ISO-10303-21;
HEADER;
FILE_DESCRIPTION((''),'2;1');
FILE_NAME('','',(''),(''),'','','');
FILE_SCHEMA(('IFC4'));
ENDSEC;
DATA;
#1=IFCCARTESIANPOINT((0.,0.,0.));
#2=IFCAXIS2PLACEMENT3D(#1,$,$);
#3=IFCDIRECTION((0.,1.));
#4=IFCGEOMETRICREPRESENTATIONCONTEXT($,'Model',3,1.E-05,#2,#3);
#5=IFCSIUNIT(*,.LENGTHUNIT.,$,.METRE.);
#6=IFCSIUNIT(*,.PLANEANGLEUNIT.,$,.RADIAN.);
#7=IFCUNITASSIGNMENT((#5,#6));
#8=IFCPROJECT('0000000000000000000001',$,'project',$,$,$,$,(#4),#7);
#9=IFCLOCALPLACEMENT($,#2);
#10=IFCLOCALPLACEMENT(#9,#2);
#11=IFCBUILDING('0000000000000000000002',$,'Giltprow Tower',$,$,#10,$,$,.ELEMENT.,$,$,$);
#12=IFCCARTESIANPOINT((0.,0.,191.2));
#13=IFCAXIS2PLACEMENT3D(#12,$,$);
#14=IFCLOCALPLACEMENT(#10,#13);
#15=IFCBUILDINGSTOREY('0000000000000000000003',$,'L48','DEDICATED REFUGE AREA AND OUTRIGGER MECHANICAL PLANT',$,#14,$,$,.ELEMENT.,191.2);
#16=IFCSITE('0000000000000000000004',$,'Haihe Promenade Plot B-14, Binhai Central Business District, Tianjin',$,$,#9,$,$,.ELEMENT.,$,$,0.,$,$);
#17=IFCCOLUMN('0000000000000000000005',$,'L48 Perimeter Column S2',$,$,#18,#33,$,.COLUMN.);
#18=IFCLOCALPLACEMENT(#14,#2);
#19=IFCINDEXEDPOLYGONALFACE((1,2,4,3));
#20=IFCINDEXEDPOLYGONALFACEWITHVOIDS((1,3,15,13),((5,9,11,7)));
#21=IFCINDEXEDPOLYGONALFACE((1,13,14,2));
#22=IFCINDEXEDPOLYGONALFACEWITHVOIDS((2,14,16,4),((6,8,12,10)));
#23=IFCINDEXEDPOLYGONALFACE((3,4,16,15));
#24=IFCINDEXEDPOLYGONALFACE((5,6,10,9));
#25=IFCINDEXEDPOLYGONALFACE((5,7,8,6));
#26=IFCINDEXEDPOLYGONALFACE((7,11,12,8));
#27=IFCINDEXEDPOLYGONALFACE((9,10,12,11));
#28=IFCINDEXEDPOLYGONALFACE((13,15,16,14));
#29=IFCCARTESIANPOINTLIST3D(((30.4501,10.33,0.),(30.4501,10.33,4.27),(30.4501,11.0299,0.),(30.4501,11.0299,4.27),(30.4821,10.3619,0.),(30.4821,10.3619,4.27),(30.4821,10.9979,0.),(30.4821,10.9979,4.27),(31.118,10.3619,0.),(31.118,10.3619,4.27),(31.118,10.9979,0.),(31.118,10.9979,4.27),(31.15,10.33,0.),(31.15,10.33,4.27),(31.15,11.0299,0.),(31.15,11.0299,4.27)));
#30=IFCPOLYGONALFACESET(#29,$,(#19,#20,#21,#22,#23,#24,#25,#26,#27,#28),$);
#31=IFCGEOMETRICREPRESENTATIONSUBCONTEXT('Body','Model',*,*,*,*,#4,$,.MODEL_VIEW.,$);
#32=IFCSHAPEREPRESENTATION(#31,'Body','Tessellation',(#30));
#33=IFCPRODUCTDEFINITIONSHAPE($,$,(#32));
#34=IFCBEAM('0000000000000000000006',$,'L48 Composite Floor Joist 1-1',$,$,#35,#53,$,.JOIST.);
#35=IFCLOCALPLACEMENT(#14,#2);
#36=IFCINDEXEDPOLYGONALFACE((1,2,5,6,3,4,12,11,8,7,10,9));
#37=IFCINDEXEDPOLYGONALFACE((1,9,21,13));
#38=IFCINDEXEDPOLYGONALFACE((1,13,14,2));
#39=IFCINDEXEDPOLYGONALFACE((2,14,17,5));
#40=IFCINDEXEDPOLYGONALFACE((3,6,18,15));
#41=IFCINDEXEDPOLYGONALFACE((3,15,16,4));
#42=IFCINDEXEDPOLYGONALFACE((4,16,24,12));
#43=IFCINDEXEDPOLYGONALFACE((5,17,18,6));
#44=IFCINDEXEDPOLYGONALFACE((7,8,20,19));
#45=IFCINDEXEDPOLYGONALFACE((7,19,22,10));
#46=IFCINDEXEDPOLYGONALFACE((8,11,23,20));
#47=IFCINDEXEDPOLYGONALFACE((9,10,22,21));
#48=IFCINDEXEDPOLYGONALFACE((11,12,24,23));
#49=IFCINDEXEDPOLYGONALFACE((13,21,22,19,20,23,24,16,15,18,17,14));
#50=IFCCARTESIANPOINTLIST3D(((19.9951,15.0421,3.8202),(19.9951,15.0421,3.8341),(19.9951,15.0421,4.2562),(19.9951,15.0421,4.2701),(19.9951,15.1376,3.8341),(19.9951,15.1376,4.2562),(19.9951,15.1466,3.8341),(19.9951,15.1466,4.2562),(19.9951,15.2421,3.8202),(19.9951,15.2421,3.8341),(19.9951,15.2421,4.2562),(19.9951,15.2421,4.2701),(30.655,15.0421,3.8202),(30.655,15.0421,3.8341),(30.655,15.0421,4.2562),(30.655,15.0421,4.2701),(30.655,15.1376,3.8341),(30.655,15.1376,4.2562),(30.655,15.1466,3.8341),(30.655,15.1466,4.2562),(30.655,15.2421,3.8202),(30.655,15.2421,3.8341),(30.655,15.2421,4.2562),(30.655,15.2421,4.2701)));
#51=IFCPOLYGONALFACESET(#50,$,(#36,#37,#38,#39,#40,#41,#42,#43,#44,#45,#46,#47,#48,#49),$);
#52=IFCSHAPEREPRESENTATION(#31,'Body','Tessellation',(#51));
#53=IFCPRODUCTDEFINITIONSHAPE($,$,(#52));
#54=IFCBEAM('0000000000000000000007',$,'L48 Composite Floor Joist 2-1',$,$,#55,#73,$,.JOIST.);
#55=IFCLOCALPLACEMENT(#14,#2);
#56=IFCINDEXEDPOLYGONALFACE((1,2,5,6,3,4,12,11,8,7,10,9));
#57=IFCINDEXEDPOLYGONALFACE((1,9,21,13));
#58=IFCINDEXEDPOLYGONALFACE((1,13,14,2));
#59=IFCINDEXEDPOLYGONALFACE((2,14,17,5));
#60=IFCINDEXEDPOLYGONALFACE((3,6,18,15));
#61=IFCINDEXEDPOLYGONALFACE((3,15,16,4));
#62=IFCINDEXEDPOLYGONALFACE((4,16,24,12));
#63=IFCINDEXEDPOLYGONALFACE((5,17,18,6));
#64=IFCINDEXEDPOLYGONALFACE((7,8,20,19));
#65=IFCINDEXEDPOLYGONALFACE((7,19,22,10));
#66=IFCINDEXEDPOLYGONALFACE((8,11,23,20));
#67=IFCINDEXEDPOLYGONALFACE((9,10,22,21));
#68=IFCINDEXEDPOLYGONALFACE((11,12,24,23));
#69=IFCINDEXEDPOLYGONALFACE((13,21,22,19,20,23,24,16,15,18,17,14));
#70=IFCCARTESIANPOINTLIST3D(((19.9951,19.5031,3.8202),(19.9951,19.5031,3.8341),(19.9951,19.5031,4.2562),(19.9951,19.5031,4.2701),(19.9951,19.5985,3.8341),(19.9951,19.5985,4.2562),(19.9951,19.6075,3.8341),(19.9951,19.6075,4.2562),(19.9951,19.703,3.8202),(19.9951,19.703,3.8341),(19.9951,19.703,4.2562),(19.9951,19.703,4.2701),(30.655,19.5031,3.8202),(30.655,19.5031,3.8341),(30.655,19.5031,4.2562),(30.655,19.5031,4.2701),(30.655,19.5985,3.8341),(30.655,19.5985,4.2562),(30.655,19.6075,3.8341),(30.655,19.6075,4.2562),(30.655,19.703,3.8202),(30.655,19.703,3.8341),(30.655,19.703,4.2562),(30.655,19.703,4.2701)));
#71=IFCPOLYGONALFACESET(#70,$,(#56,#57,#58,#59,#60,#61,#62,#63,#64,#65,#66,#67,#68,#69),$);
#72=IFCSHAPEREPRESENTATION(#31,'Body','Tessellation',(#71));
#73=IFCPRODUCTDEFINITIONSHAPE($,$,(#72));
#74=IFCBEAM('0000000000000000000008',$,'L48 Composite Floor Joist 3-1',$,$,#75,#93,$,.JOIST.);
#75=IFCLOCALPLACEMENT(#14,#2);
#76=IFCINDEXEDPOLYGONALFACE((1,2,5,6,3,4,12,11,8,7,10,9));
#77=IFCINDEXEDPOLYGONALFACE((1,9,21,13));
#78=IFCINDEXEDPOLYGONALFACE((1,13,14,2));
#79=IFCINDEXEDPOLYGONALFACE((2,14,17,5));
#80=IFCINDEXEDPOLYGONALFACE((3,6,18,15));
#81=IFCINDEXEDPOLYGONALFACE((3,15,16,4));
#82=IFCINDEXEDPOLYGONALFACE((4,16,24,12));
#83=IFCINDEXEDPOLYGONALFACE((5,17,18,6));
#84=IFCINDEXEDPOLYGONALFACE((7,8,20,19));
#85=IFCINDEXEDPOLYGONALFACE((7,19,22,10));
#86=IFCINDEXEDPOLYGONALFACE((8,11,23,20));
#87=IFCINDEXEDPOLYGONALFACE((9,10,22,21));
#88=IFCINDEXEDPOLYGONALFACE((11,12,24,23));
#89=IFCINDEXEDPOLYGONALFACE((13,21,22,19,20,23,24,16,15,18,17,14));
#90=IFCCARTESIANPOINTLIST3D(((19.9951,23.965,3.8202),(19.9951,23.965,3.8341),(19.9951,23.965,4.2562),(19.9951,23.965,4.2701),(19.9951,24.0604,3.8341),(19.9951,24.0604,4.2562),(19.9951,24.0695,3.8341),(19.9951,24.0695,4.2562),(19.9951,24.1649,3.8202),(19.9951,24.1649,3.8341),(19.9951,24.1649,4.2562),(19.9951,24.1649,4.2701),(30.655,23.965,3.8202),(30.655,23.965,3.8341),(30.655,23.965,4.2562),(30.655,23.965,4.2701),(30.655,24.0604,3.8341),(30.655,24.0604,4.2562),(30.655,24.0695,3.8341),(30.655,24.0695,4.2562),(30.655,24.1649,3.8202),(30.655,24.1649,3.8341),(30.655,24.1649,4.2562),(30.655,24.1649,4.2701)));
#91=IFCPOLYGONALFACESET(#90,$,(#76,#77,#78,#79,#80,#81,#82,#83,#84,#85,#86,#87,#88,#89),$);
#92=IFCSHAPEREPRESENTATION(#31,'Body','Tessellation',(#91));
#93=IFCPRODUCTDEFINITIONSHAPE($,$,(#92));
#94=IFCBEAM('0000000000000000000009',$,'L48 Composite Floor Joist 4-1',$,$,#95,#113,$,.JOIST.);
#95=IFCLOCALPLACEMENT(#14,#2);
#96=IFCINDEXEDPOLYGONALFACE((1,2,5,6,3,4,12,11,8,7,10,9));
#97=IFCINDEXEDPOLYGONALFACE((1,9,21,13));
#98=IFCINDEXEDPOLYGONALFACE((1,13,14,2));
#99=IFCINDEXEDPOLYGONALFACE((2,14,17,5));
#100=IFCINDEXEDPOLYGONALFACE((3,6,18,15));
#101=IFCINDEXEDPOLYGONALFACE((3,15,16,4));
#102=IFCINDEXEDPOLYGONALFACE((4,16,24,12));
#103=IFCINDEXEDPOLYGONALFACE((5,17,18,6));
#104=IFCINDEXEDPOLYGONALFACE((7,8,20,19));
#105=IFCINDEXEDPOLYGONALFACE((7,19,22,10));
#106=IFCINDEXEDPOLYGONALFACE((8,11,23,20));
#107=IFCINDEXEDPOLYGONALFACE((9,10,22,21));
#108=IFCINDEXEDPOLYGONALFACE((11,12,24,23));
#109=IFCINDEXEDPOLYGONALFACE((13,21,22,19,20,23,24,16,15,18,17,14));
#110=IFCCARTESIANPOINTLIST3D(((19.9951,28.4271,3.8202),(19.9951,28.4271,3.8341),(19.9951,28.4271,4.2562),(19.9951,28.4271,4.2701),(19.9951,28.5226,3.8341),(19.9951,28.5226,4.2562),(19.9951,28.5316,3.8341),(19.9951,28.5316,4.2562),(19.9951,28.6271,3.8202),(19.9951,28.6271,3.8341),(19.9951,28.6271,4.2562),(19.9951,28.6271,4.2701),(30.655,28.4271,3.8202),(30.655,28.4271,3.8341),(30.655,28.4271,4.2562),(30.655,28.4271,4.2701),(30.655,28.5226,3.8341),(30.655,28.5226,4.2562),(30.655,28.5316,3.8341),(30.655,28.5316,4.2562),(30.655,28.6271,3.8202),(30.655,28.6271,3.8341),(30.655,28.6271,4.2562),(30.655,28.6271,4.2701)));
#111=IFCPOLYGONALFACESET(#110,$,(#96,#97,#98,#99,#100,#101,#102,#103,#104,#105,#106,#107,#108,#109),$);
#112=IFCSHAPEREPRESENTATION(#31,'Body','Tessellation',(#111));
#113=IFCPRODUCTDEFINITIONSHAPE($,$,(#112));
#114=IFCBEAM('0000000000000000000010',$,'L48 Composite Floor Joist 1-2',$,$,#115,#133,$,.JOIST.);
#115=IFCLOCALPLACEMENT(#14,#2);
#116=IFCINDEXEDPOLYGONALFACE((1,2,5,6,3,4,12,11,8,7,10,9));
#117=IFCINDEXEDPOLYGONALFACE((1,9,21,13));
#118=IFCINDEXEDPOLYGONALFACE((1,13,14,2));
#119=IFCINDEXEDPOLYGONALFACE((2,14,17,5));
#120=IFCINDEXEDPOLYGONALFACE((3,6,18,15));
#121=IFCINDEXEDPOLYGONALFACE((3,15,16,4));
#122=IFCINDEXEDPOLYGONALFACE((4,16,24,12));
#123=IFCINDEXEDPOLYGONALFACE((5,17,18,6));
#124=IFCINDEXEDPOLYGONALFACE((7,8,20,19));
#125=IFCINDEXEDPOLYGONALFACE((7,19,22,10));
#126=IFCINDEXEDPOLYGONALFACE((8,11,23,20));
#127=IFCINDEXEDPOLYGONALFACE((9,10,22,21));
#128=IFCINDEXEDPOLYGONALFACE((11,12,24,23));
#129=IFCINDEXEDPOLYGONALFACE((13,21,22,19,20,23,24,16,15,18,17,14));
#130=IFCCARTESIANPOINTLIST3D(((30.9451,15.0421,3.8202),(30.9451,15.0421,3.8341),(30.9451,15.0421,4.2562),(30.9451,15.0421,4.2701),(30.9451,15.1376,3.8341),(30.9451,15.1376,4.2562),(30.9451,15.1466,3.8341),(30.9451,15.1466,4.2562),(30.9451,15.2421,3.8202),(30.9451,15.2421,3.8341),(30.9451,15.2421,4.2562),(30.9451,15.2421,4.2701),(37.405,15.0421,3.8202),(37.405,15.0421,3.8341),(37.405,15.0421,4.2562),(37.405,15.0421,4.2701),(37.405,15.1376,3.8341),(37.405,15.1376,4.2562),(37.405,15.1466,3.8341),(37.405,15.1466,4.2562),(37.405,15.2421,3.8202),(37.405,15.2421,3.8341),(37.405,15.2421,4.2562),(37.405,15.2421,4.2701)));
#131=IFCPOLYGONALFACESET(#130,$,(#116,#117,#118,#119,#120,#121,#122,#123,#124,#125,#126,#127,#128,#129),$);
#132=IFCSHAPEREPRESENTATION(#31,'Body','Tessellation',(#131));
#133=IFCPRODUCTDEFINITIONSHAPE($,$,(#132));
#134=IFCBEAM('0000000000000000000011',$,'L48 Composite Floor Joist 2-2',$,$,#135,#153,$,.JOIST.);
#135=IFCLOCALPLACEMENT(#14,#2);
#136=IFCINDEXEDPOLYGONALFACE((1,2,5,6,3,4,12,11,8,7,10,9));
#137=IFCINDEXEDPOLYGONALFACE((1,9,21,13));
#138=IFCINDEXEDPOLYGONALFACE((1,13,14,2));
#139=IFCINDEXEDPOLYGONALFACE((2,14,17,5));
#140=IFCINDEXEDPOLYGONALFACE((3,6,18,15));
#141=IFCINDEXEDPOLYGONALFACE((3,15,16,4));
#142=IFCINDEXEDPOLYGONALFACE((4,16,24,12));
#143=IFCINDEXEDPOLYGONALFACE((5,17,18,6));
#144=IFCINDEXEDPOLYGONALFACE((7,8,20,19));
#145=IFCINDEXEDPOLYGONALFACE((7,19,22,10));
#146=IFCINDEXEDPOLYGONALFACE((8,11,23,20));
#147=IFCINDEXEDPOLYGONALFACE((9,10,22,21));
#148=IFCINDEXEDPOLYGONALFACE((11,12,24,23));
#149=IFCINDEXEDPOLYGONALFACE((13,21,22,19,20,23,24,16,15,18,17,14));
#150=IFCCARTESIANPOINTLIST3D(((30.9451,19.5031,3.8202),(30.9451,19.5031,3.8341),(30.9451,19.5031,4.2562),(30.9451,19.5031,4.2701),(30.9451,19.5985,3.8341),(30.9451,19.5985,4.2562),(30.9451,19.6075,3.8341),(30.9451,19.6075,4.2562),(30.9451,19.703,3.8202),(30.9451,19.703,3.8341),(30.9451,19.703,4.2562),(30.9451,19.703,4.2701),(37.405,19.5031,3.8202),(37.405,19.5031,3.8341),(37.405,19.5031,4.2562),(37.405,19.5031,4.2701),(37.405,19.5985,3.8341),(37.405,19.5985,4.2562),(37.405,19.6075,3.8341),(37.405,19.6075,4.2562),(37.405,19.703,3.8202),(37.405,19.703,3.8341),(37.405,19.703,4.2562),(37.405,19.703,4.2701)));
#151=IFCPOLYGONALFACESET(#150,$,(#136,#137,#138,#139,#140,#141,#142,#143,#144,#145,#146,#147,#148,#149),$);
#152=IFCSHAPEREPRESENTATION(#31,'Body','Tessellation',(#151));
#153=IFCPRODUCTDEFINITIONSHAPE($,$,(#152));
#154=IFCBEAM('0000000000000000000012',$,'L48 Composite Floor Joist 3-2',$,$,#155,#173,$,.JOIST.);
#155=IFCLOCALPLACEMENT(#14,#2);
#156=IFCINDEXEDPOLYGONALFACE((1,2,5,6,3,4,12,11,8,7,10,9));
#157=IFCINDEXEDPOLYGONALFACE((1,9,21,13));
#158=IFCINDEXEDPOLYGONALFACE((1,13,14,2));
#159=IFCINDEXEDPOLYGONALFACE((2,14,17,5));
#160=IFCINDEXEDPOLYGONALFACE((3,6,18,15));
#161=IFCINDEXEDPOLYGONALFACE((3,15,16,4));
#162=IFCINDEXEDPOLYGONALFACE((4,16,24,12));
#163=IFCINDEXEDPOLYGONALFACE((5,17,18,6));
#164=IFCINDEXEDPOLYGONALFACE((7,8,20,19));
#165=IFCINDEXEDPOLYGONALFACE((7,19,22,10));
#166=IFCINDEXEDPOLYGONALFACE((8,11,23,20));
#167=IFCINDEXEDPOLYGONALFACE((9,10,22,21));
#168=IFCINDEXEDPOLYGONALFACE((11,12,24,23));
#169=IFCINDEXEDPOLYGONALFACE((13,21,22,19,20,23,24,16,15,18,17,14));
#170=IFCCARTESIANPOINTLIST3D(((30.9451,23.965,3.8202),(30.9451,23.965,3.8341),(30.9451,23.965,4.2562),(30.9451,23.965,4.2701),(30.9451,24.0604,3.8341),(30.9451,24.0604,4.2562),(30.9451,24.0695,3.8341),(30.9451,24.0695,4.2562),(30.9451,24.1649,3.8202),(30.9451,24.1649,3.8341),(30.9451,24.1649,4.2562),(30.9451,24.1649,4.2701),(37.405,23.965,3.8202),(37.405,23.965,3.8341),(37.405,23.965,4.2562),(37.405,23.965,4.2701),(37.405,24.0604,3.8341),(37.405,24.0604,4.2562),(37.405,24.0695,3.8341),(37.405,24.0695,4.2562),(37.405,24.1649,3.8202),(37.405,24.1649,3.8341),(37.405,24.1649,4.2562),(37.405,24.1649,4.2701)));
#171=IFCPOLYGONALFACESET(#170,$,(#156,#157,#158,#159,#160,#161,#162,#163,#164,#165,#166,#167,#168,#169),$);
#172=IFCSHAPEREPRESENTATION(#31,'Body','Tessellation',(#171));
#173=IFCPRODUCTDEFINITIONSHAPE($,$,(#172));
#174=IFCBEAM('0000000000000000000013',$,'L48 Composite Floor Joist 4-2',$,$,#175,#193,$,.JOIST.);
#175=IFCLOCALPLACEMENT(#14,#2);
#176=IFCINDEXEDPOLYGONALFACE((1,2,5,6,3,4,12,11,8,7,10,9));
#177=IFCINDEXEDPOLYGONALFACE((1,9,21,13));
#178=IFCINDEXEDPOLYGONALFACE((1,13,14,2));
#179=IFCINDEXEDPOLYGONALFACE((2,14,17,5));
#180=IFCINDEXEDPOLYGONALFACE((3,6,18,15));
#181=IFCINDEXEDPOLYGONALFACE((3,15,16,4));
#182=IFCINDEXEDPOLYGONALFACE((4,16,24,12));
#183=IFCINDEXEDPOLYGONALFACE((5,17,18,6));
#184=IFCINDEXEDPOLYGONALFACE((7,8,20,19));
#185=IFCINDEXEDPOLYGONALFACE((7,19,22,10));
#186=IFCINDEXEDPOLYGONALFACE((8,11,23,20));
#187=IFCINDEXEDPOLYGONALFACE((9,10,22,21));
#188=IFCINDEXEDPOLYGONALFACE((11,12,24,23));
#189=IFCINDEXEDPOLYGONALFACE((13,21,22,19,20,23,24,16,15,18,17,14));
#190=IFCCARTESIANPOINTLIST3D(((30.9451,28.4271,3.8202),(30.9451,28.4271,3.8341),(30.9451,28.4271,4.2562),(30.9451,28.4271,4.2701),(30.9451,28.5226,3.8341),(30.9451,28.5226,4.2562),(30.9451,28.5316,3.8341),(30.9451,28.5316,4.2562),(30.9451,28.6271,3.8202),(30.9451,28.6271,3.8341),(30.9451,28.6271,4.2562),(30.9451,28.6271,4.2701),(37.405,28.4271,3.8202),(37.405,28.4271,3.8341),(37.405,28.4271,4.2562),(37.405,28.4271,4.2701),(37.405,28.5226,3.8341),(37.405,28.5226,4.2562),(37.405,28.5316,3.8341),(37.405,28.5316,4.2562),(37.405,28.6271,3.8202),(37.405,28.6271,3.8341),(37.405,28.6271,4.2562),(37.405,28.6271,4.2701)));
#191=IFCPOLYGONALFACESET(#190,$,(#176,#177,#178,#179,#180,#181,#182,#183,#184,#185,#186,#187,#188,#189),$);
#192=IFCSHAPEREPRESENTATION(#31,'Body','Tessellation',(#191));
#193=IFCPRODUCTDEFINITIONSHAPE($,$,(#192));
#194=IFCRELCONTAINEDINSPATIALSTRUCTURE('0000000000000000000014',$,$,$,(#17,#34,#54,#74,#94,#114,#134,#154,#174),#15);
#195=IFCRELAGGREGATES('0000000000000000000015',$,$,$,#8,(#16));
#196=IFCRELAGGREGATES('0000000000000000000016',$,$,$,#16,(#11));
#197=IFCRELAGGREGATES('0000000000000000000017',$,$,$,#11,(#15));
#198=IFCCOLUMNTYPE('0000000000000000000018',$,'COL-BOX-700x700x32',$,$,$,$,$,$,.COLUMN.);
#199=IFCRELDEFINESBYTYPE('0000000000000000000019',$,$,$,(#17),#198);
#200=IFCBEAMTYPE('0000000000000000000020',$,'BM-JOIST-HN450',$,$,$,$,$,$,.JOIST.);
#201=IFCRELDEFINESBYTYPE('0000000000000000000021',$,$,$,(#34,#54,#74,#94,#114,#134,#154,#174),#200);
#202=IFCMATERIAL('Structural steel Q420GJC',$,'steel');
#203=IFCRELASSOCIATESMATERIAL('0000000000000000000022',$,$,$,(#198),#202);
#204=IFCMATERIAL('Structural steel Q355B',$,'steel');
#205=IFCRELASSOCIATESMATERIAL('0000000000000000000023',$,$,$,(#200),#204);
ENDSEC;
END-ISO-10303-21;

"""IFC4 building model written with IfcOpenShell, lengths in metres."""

from ifc_helpers import new_model, si_unit, direction, frame, origin, origin_2d, place, context, subcontext, project, spatial, hollow_rectangle, i_section, extrude, source, transform, mapped, material, material_profile, profile_set, type_object, element, save


model = new_model("IFC4")

# Units and contexts
model_context = context("Model", 3, precision=1e-05, world=origin(), true_north=direction((0.0, 1.0)))
body_context = subcontext(model_context, "Body", "Model", "MODEL_VIEW")
ifc_project = project(units=[si_unit("LENGTHUNIT", "METRE"), si_unit("PLANEANGLEUNIT", "RADIAN")], contexts=[model_context])

# Site, building, storey
site_placement = place(None, origin())
site = spatial("IfcSite", under=ifc_project, at=site_placement, Name="Haihe Promenade Plot B-14, Binhai Central Business District, Tianjin", CompositionType="ELEMENT", RefElevation=0.0)
building_placement = place(site_placement, origin())
building = spatial("IfcBuilding", under=site, at=building_placement, Name="Giltprow Tower", CompositionType="ELEMENT")
storey_placement = place(building_placement, frame((0.0, 0.0, 191.2)))
storey = spatial("IfcBuildingStorey", under=building, at=storey_placement, Name="L48", Description="DEDICATED REFUGE AREA AND OUTRIGGER MECHANICAL PLANT", CompositionType="ELEMENT", Elevation=191.2)

# Column
ifc_material_1 = material(Name="Structural steel Q420GJC", Category="steel")
ifc_material_profile_1 = material_profile(ifc_material_1, hollow_rectangle(XDim=0.7, YDim=0.7, WallThickness=0.032, at=origin_2d()), Name="BOX 700x700x32")
ifc_profile_set_1 = profile_set([ifc_material_profile_1], Name="Structural steel Q420GJC")
column_type = type_object("IfcColumnType", Name="COL-BOX-700x700x32", PredefinedType="COLUMN", material=ifc_profile_set_1)
shared_shape_1 = source(origin(), body_context, "Body", "SweptSolid", [
    extrude(hollow_rectangle(XDim=0.7, YDim=0.7, WallThickness=0.032, at=origin_2d()), origin(), (0.0, 0.0, 1.0), 4.27),
])
column_placement = place(storey_placement, frame((30.8, 10.6799, 0.0), z_axis=(0.0, 0.0, 1.0), x_axis=(1.0, 0.0, 0.0)))
element("IfcColumn", 1, at=column_placement, inside=storey, type_object=column_type, Name="L48 Perimeter Column S2", PredefinedType="COLUMN", context=body_context, shape_type="MappedRepresentation", body=[
    mapped(shared_shape_1, transform((0.0, 0.0, 0.0), x_axis=(1.0, 0.0, 0.0), y_axis=(0.0, 1.0, 0.0), z_axis=(0.0, 0.0, 1.0), scale=1.0)),
])

# Beams
ifc_material_2 = material(Name="Structural steel Q355B", Category="steel")
ifc_material_profile_2 = material_profile(ifc_material_2, i_section(OverallWidth=0.2, OverallDepth=0.45, WebThickness=0.009, FlangeThickness=0.0139, at=origin_2d()), Name="HN 450x200x9x14")
ifc_profile_set_2 = profile_set([ifc_material_profile_2], Name="Structural steel Q355B")
beam_type_1 = type_object("IfcBeamType", Name="BM-JOIST-HN450", PredefinedType="JOIST", material=ifc_profile_set_2)
shared_shape_2 = source(origin(), body_context, "Body", "SweptSolid", [
    extrude(i_section(OverallWidth=0.2, OverallDepth=0.45, WebThickness=0.009, FlangeThickness=0.0139, at=origin_2d()), origin(), (0.0, 0.0, 1.0), 10.6599),
])
for number, where, z_axis, x_axis, name in (
    (2, (19.9951, 15.1421, 4.0452), (1.0, 0.0, 0.0), (0.0, 1.0, 0.0), "L48 Composite Floor Joist 1-1"),
    (3, (19.9951, 19.603, 4.0452), (1.0, 0.0, 0.0), (0.0, 1.0, 0.0), "L48 Composite Floor Joist 2-1"),
    (4, (19.9951, 24.0649, 4.0452), (1.0, 0.0, 0.0), (0.0, 1.0, 0.0), "L48 Composite Floor Joist 3-1"),
    (5, (19.9951, 28.5271, 4.0452), (1.0, 0.0, 0.0), (0.0, 1.0, 0.0), "L48 Composite Floor Joist 4-1"),
):
    element("IfcBeam", number, at=place(storey_placement, frame(where, z_axis=z_axis, x_axis=x_axis)), inside=storey, type_object=beam_type_1, Name=name, PredefinedType="JOIST", context=body_context, shape_type="MappedRepresentation", body=[
        mapped(shared_shape_2, transform((0.0, 0.0, 0.0), x_axis=(1.0, 0.0, 0.0), y_axis=(0.0, 1.0, 0.0), z_axis=(0.0, 0.0, 1.0), scale=1.0)),
    ])
shared_shape_3 = source(origin(), body_context, "Body", "SweptSolid", [
    extrude(i_section(OverallWidth=0.2, OverallDepth=0.45, WebThickness=0.009, FlangeThickness=0.0139, at=origin_2d()), origin(), (0.0, 0.0, 1.0), 6.46),
])
for number, where, z_axis, x_axis, name in (
    (6, (30.9451, 15.1421, 4.0452), (1.0, 0.0, 0.0), (0.0, 1.0, 0.0), "L48 Composite Floor Joist 1-2"),
    (7, (30.9451, 19.603, 4.0452), (1.0, 0.0, 0.0), (0.0, 1.0, 0.0), "L48 Composite Floor Joist 2-2"),
    (8, (30.9451, 24.0649, 4.0452), (1.0, 0.0, 0.0), (0.0, 1.0, 0.0), "L48 Composite Floor Joist 3-2"),
    (9, (30.9451, 28.5271, 4.0452), (1.0, 0.0, 0.0), (0.0, 1.0, 0.0), "L48 Composite Floor Joist 4-2"),
):
    element("IfcBeam", number, at=place(storey_placement, frame(where, z_axis=z_axis, x_axis=x_axis)), inside=storey, type_object=beam_type_1, Name=name, PredefinedType="JOIST", context=body_context, shape_type="MappedRepresentation", body=[
        mapped(shared_shape_3, transform((0.0, 0.0, 0.0), x_axis=(1.0, 0.0, 0.0), y_axis=(0.0, 1.0, 0.0), z_axis=(0.0, 0.0, 1.0), scale=1.0)),
    ])

save(model, "model.ifc")
